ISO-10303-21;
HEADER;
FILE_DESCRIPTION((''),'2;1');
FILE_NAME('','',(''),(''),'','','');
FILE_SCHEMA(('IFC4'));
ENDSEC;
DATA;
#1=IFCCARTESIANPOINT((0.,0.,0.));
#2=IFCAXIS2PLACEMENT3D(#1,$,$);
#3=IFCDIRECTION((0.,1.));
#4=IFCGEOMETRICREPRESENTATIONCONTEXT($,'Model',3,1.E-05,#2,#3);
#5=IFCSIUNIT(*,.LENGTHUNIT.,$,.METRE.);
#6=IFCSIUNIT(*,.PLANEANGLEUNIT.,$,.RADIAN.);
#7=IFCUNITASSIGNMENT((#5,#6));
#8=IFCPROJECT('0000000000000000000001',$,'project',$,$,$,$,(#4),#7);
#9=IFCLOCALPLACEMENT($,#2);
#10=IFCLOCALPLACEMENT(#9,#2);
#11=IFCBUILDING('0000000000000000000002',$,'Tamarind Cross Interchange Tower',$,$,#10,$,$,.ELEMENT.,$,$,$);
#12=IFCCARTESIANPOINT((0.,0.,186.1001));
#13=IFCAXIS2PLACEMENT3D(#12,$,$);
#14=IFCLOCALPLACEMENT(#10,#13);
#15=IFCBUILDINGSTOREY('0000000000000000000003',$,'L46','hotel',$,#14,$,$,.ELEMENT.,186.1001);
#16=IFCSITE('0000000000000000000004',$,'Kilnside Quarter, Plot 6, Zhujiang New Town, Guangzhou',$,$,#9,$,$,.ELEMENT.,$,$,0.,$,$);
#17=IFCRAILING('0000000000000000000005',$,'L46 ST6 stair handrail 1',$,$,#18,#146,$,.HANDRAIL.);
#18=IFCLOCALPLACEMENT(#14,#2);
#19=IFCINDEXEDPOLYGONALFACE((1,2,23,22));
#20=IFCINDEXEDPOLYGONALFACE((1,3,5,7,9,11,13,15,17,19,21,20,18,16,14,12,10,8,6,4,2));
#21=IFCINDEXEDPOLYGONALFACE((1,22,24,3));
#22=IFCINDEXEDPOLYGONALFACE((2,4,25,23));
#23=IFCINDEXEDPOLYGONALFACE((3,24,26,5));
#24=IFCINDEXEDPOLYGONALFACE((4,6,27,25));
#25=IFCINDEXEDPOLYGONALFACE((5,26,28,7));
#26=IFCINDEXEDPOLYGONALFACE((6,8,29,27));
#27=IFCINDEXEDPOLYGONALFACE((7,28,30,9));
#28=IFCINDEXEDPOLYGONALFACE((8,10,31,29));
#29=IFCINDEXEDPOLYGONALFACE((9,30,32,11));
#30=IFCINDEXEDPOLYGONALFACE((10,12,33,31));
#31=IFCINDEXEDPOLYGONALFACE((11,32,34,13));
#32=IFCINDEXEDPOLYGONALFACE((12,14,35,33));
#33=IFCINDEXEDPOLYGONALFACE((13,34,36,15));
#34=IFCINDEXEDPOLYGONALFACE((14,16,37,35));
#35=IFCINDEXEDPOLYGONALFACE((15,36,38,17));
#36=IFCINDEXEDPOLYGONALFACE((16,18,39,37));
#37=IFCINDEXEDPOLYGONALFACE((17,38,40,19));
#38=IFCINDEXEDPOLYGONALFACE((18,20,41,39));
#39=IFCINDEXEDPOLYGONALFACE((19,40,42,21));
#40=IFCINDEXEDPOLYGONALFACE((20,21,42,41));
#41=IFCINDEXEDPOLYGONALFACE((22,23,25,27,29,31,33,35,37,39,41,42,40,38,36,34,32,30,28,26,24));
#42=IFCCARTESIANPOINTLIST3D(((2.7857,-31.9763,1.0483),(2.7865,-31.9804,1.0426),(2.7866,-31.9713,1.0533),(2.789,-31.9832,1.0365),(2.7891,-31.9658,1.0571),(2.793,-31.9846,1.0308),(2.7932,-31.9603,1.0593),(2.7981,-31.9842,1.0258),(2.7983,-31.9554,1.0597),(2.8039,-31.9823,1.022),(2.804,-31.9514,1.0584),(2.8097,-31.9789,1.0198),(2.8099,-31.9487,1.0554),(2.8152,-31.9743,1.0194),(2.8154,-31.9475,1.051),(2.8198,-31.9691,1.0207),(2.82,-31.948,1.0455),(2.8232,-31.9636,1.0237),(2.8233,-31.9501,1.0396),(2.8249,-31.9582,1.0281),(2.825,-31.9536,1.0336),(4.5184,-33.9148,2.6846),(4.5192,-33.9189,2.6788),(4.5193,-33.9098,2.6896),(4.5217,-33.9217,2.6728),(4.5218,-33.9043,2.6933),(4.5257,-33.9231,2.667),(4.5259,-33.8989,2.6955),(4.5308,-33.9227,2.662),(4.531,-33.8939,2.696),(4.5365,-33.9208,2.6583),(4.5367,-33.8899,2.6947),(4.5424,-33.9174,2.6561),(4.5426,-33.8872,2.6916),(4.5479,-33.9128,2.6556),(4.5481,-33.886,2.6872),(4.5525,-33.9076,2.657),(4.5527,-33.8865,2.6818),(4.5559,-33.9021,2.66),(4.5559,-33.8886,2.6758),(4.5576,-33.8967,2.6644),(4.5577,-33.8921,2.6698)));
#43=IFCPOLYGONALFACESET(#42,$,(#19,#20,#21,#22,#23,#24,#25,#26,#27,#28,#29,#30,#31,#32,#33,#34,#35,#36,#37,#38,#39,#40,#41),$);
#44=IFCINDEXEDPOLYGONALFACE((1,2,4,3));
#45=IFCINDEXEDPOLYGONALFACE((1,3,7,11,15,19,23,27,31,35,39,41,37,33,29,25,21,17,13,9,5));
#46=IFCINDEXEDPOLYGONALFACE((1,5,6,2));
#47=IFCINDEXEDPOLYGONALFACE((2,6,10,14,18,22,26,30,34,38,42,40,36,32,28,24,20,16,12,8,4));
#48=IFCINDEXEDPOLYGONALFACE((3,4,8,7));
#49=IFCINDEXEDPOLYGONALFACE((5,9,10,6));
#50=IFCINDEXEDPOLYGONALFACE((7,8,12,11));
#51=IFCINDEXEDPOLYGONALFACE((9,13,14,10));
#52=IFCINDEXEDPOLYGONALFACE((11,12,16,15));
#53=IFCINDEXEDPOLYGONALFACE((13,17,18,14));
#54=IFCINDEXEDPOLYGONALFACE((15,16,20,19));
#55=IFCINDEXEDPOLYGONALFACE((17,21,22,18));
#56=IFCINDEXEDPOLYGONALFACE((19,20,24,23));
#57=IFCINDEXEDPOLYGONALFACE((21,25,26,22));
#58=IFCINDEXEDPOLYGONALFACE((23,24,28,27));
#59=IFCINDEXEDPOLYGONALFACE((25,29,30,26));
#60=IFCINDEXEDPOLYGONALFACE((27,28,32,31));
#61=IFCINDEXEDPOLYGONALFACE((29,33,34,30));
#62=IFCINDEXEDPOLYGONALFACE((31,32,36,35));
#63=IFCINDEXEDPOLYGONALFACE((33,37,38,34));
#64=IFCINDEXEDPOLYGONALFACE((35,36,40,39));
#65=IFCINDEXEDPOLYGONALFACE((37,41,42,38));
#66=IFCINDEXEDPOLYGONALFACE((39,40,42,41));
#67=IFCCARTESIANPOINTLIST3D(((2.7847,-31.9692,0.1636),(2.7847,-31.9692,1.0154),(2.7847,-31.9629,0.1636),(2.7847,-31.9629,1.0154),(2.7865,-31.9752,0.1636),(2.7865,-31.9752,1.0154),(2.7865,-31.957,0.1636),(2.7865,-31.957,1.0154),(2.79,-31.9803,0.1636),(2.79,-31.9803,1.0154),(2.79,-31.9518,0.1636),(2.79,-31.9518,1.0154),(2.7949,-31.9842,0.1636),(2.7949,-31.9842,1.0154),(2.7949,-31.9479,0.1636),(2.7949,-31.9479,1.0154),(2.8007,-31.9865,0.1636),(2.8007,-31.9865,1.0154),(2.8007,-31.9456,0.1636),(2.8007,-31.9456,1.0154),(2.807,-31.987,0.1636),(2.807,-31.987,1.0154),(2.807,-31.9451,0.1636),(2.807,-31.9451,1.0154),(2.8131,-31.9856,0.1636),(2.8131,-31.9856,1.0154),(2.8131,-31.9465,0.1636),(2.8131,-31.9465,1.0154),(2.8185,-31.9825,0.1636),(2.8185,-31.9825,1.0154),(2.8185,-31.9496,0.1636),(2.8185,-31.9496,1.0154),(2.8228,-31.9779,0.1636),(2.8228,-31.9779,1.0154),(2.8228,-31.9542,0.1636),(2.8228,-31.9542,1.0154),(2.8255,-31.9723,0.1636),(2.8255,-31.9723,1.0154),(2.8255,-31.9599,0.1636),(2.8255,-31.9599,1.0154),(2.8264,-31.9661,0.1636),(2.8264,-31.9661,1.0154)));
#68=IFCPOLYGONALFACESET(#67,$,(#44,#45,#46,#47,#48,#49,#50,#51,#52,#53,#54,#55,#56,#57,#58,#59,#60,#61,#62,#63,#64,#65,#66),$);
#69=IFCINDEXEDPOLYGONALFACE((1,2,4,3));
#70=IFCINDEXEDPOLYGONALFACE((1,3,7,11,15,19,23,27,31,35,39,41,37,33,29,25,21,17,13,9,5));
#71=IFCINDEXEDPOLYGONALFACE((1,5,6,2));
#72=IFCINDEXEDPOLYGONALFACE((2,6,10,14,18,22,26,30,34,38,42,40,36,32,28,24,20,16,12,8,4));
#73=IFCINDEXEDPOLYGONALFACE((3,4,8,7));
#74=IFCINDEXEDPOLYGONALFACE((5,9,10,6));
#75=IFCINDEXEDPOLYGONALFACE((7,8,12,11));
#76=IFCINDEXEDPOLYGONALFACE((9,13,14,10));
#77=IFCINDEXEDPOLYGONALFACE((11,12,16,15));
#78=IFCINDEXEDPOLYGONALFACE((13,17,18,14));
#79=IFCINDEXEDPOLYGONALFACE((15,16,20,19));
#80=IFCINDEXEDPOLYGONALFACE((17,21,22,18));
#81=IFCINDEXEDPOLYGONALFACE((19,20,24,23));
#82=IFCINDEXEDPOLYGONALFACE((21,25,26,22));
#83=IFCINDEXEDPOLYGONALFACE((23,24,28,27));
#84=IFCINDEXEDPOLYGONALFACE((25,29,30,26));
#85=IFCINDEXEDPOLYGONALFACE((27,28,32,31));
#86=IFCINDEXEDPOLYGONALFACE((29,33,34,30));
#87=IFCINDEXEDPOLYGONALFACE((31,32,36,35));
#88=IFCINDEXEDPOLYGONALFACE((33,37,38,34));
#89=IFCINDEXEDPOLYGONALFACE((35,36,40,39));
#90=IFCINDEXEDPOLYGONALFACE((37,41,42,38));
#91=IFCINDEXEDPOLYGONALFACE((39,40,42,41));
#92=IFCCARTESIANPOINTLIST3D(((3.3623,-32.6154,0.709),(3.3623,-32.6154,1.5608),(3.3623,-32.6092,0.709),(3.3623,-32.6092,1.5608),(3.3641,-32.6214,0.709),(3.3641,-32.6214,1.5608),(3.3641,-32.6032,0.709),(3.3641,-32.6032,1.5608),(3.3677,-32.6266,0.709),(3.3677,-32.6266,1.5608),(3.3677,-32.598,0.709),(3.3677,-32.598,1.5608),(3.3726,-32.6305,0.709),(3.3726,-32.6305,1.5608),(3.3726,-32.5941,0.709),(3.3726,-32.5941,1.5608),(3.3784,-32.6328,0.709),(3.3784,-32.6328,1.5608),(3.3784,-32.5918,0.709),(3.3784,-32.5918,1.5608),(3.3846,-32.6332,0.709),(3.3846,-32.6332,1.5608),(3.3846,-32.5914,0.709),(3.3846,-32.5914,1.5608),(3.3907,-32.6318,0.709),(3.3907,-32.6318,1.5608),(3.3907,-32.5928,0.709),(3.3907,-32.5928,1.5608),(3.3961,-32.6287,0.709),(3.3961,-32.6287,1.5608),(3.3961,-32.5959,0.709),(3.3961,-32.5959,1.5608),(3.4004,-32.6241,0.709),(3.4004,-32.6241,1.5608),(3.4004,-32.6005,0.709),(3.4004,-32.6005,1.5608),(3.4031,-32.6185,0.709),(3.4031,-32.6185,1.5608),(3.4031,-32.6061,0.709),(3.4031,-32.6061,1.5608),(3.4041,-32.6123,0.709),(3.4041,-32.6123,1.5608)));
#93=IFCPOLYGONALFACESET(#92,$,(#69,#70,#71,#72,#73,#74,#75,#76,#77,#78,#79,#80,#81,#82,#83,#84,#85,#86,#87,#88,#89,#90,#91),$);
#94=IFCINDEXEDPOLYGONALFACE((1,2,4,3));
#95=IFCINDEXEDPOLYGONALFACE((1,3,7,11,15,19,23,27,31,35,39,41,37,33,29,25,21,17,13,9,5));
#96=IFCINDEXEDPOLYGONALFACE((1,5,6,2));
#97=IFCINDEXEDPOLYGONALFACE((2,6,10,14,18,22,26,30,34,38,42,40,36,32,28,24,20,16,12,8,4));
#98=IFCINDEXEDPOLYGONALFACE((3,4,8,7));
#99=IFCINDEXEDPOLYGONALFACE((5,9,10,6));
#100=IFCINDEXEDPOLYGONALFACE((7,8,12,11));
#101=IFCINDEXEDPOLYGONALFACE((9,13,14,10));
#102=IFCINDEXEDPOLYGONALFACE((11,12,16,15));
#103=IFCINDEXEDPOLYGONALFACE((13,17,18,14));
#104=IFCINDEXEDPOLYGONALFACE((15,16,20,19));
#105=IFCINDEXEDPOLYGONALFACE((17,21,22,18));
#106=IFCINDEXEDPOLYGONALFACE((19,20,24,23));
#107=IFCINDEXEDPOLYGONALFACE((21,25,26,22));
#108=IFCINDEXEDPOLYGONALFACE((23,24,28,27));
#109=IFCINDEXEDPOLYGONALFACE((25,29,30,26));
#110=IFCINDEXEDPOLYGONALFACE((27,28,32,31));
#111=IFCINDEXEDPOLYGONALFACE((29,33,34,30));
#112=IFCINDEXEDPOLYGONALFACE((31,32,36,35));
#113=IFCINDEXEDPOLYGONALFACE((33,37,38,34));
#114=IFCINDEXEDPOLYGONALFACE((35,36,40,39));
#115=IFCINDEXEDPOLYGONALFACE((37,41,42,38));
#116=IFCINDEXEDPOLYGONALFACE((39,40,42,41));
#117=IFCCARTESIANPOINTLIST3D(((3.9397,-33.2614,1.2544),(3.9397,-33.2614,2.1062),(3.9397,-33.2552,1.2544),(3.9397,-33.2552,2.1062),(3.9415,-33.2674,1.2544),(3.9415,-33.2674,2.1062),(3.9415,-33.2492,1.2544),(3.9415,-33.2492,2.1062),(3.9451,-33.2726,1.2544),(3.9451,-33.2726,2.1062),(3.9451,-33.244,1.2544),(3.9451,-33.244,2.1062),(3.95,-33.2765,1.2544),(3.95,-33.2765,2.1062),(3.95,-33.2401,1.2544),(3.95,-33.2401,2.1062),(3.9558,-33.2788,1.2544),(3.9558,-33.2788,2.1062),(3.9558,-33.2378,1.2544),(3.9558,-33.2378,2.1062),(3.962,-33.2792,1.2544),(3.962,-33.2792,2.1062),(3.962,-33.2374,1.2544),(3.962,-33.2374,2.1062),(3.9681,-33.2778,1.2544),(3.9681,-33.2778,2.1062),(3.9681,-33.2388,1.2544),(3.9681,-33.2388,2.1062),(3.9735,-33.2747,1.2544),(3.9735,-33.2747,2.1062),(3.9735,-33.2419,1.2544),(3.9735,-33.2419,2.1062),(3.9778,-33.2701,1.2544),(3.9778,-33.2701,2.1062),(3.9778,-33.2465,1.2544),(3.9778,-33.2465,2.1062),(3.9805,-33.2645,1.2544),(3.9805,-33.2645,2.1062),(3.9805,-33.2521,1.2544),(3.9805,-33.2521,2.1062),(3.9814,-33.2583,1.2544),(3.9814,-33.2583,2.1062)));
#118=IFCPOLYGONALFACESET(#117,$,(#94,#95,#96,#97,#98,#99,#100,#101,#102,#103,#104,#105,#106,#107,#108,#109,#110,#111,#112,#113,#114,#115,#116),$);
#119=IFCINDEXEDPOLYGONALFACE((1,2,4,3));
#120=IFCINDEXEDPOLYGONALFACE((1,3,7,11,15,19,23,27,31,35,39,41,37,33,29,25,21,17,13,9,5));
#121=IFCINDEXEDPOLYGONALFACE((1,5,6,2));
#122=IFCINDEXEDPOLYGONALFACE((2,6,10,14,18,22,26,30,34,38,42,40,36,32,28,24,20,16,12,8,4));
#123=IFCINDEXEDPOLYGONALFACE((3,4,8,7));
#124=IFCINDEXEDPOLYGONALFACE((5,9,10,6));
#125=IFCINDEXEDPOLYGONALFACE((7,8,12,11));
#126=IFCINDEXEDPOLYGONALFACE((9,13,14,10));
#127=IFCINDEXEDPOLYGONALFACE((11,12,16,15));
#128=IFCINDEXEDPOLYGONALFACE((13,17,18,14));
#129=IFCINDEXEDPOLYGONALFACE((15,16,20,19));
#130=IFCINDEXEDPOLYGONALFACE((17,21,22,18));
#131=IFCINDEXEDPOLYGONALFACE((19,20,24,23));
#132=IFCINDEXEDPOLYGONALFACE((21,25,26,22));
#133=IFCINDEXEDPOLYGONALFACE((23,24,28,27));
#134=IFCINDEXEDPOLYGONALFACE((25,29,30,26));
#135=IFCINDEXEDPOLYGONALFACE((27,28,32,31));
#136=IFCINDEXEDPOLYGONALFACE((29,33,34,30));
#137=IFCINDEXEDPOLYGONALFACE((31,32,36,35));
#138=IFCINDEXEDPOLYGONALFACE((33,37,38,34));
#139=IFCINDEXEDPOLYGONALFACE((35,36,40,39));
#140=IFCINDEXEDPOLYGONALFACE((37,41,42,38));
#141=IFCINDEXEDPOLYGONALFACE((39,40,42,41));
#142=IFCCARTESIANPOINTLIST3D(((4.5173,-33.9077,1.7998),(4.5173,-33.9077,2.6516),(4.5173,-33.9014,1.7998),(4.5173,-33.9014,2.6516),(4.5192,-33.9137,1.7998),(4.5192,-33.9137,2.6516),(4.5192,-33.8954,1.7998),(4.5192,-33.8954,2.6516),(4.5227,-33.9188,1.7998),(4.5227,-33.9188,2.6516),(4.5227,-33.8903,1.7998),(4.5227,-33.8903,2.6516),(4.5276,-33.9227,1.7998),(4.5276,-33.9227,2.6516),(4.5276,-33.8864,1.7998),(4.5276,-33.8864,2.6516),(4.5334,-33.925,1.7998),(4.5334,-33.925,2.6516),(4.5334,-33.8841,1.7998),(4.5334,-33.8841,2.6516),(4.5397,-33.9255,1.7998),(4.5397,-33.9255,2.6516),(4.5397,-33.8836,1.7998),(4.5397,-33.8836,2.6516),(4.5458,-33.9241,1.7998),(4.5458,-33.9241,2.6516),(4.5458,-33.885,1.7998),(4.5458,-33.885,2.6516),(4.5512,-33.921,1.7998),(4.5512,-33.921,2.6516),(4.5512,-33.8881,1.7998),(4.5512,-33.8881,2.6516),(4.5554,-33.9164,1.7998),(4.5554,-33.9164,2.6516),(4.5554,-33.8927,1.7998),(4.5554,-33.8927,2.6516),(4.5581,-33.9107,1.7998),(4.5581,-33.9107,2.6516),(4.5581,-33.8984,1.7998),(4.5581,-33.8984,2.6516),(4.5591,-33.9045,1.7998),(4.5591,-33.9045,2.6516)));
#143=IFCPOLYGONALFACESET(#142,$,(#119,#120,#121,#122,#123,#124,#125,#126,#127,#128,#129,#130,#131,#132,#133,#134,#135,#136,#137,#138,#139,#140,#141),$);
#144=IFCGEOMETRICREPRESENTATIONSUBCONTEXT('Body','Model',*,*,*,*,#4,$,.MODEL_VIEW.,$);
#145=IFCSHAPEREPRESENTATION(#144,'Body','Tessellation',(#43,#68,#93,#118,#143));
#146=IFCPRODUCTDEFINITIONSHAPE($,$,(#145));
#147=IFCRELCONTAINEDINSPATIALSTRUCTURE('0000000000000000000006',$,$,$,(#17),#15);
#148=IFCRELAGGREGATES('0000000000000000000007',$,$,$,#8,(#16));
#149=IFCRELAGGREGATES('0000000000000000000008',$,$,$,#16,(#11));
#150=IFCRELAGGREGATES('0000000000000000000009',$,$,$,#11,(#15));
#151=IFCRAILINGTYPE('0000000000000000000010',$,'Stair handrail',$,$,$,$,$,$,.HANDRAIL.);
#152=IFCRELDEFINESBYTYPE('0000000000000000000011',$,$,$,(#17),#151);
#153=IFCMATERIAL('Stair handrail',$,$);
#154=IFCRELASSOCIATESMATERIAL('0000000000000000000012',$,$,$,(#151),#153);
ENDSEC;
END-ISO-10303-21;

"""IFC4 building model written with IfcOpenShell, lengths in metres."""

from ifc_helpers import new_model, si_unit, direction, frame, origin, origin_2d, place, context, subcontext, project, spatial, circle, extrude, material, type_object, element, save


model = new_model("IFC4")

# Units and contexts
model_context = context("Model", 3, precision=1e-05, world=origin(), true_north=direction((0.0, 1.0)))
body_context = subcontext(model_context, "Body", "Model", "MODEL_VIEW")
ifc_project = project(units=[si_unit("LENGTHUNIT", "METRE"), si_unit("PLANEANGLEUNIT", "RADIAN")], contexts=[model_context])

# Site, building, storey
site_placement = place(None, origin())
site = spatial("IfcSite", under=ifc_project, at=site_placement, Name="Kilnside Quarter, Plot 6, Zhujiang New Town, Guangzhou", CompositionType="ELEMENT", RefElevation=0.0)
building_placement = place(site_placement, origin())
building = spatial("IfcBuilding", under=site, at=building_placement, Name="Tamarind Cross Interchange Tower", CompositionType="ELEMENT")
storey_placement = place(building_placement, frame((0.0, 0.0, 186.1001)))
storey = spatial("IfcBuildingStorey", under=building, at=storey_placement, Name="L46", Description="hotel", CompositionType="ELEMENT", Elevation=186.1001)

# Railing
ifc_material_1 = material(Name="Stair handrail")
railing_type_1 = type_object("IfcRailingType", Name="Stair handrail", PredefinedType="HANDRAIL", material=ifc_material_1)
railing_1_placement = place(storey_placement, frame((2.8054, -31.9661, 0.1636)))
element("IfcRailing", 1, at=railing_1_placement, inside=storey, type_object=railing_type_1, Name="L46 ST6 stair handrail 1", PredefinedType="HANDRAIL", context=body_context, shape_type="SweptSolid", body=[
    extrude(circle(Radius=0.0239, at=origin_2d()), frame((0.0, 0.0, 0.876), z_axis=(0.564022, -0.631018, 0.53263), x_axis=(0.745578, 0.666419, 0.0)), (0.0, 0.0, 1.0), 3.072),
    extrude(circle(Radius=0.021, at=origin_2d()), origin(), (0.0, 0.0, 1.0), 0.8518),
    extrude(circle(Radius=0.021, at=origin_2d()), frame((0.5776, -0.6462, 0.5454)), (0.0, 0.0, 1.0), 0.8518),
    extrude(circle(Radius=0.021, at=origin_2d()), frame((1.155, -1.2922, 1.0908)), (0.0, 0.0, 1.0), 0.8518),
    extrude(circle(Radius=0.021, at=origin_2d()), frame((1.7327, -1.9385, 1.6362)), (0.0, 0.0, 1.0), 0.8518),
])

save(model, "model.ifc")
